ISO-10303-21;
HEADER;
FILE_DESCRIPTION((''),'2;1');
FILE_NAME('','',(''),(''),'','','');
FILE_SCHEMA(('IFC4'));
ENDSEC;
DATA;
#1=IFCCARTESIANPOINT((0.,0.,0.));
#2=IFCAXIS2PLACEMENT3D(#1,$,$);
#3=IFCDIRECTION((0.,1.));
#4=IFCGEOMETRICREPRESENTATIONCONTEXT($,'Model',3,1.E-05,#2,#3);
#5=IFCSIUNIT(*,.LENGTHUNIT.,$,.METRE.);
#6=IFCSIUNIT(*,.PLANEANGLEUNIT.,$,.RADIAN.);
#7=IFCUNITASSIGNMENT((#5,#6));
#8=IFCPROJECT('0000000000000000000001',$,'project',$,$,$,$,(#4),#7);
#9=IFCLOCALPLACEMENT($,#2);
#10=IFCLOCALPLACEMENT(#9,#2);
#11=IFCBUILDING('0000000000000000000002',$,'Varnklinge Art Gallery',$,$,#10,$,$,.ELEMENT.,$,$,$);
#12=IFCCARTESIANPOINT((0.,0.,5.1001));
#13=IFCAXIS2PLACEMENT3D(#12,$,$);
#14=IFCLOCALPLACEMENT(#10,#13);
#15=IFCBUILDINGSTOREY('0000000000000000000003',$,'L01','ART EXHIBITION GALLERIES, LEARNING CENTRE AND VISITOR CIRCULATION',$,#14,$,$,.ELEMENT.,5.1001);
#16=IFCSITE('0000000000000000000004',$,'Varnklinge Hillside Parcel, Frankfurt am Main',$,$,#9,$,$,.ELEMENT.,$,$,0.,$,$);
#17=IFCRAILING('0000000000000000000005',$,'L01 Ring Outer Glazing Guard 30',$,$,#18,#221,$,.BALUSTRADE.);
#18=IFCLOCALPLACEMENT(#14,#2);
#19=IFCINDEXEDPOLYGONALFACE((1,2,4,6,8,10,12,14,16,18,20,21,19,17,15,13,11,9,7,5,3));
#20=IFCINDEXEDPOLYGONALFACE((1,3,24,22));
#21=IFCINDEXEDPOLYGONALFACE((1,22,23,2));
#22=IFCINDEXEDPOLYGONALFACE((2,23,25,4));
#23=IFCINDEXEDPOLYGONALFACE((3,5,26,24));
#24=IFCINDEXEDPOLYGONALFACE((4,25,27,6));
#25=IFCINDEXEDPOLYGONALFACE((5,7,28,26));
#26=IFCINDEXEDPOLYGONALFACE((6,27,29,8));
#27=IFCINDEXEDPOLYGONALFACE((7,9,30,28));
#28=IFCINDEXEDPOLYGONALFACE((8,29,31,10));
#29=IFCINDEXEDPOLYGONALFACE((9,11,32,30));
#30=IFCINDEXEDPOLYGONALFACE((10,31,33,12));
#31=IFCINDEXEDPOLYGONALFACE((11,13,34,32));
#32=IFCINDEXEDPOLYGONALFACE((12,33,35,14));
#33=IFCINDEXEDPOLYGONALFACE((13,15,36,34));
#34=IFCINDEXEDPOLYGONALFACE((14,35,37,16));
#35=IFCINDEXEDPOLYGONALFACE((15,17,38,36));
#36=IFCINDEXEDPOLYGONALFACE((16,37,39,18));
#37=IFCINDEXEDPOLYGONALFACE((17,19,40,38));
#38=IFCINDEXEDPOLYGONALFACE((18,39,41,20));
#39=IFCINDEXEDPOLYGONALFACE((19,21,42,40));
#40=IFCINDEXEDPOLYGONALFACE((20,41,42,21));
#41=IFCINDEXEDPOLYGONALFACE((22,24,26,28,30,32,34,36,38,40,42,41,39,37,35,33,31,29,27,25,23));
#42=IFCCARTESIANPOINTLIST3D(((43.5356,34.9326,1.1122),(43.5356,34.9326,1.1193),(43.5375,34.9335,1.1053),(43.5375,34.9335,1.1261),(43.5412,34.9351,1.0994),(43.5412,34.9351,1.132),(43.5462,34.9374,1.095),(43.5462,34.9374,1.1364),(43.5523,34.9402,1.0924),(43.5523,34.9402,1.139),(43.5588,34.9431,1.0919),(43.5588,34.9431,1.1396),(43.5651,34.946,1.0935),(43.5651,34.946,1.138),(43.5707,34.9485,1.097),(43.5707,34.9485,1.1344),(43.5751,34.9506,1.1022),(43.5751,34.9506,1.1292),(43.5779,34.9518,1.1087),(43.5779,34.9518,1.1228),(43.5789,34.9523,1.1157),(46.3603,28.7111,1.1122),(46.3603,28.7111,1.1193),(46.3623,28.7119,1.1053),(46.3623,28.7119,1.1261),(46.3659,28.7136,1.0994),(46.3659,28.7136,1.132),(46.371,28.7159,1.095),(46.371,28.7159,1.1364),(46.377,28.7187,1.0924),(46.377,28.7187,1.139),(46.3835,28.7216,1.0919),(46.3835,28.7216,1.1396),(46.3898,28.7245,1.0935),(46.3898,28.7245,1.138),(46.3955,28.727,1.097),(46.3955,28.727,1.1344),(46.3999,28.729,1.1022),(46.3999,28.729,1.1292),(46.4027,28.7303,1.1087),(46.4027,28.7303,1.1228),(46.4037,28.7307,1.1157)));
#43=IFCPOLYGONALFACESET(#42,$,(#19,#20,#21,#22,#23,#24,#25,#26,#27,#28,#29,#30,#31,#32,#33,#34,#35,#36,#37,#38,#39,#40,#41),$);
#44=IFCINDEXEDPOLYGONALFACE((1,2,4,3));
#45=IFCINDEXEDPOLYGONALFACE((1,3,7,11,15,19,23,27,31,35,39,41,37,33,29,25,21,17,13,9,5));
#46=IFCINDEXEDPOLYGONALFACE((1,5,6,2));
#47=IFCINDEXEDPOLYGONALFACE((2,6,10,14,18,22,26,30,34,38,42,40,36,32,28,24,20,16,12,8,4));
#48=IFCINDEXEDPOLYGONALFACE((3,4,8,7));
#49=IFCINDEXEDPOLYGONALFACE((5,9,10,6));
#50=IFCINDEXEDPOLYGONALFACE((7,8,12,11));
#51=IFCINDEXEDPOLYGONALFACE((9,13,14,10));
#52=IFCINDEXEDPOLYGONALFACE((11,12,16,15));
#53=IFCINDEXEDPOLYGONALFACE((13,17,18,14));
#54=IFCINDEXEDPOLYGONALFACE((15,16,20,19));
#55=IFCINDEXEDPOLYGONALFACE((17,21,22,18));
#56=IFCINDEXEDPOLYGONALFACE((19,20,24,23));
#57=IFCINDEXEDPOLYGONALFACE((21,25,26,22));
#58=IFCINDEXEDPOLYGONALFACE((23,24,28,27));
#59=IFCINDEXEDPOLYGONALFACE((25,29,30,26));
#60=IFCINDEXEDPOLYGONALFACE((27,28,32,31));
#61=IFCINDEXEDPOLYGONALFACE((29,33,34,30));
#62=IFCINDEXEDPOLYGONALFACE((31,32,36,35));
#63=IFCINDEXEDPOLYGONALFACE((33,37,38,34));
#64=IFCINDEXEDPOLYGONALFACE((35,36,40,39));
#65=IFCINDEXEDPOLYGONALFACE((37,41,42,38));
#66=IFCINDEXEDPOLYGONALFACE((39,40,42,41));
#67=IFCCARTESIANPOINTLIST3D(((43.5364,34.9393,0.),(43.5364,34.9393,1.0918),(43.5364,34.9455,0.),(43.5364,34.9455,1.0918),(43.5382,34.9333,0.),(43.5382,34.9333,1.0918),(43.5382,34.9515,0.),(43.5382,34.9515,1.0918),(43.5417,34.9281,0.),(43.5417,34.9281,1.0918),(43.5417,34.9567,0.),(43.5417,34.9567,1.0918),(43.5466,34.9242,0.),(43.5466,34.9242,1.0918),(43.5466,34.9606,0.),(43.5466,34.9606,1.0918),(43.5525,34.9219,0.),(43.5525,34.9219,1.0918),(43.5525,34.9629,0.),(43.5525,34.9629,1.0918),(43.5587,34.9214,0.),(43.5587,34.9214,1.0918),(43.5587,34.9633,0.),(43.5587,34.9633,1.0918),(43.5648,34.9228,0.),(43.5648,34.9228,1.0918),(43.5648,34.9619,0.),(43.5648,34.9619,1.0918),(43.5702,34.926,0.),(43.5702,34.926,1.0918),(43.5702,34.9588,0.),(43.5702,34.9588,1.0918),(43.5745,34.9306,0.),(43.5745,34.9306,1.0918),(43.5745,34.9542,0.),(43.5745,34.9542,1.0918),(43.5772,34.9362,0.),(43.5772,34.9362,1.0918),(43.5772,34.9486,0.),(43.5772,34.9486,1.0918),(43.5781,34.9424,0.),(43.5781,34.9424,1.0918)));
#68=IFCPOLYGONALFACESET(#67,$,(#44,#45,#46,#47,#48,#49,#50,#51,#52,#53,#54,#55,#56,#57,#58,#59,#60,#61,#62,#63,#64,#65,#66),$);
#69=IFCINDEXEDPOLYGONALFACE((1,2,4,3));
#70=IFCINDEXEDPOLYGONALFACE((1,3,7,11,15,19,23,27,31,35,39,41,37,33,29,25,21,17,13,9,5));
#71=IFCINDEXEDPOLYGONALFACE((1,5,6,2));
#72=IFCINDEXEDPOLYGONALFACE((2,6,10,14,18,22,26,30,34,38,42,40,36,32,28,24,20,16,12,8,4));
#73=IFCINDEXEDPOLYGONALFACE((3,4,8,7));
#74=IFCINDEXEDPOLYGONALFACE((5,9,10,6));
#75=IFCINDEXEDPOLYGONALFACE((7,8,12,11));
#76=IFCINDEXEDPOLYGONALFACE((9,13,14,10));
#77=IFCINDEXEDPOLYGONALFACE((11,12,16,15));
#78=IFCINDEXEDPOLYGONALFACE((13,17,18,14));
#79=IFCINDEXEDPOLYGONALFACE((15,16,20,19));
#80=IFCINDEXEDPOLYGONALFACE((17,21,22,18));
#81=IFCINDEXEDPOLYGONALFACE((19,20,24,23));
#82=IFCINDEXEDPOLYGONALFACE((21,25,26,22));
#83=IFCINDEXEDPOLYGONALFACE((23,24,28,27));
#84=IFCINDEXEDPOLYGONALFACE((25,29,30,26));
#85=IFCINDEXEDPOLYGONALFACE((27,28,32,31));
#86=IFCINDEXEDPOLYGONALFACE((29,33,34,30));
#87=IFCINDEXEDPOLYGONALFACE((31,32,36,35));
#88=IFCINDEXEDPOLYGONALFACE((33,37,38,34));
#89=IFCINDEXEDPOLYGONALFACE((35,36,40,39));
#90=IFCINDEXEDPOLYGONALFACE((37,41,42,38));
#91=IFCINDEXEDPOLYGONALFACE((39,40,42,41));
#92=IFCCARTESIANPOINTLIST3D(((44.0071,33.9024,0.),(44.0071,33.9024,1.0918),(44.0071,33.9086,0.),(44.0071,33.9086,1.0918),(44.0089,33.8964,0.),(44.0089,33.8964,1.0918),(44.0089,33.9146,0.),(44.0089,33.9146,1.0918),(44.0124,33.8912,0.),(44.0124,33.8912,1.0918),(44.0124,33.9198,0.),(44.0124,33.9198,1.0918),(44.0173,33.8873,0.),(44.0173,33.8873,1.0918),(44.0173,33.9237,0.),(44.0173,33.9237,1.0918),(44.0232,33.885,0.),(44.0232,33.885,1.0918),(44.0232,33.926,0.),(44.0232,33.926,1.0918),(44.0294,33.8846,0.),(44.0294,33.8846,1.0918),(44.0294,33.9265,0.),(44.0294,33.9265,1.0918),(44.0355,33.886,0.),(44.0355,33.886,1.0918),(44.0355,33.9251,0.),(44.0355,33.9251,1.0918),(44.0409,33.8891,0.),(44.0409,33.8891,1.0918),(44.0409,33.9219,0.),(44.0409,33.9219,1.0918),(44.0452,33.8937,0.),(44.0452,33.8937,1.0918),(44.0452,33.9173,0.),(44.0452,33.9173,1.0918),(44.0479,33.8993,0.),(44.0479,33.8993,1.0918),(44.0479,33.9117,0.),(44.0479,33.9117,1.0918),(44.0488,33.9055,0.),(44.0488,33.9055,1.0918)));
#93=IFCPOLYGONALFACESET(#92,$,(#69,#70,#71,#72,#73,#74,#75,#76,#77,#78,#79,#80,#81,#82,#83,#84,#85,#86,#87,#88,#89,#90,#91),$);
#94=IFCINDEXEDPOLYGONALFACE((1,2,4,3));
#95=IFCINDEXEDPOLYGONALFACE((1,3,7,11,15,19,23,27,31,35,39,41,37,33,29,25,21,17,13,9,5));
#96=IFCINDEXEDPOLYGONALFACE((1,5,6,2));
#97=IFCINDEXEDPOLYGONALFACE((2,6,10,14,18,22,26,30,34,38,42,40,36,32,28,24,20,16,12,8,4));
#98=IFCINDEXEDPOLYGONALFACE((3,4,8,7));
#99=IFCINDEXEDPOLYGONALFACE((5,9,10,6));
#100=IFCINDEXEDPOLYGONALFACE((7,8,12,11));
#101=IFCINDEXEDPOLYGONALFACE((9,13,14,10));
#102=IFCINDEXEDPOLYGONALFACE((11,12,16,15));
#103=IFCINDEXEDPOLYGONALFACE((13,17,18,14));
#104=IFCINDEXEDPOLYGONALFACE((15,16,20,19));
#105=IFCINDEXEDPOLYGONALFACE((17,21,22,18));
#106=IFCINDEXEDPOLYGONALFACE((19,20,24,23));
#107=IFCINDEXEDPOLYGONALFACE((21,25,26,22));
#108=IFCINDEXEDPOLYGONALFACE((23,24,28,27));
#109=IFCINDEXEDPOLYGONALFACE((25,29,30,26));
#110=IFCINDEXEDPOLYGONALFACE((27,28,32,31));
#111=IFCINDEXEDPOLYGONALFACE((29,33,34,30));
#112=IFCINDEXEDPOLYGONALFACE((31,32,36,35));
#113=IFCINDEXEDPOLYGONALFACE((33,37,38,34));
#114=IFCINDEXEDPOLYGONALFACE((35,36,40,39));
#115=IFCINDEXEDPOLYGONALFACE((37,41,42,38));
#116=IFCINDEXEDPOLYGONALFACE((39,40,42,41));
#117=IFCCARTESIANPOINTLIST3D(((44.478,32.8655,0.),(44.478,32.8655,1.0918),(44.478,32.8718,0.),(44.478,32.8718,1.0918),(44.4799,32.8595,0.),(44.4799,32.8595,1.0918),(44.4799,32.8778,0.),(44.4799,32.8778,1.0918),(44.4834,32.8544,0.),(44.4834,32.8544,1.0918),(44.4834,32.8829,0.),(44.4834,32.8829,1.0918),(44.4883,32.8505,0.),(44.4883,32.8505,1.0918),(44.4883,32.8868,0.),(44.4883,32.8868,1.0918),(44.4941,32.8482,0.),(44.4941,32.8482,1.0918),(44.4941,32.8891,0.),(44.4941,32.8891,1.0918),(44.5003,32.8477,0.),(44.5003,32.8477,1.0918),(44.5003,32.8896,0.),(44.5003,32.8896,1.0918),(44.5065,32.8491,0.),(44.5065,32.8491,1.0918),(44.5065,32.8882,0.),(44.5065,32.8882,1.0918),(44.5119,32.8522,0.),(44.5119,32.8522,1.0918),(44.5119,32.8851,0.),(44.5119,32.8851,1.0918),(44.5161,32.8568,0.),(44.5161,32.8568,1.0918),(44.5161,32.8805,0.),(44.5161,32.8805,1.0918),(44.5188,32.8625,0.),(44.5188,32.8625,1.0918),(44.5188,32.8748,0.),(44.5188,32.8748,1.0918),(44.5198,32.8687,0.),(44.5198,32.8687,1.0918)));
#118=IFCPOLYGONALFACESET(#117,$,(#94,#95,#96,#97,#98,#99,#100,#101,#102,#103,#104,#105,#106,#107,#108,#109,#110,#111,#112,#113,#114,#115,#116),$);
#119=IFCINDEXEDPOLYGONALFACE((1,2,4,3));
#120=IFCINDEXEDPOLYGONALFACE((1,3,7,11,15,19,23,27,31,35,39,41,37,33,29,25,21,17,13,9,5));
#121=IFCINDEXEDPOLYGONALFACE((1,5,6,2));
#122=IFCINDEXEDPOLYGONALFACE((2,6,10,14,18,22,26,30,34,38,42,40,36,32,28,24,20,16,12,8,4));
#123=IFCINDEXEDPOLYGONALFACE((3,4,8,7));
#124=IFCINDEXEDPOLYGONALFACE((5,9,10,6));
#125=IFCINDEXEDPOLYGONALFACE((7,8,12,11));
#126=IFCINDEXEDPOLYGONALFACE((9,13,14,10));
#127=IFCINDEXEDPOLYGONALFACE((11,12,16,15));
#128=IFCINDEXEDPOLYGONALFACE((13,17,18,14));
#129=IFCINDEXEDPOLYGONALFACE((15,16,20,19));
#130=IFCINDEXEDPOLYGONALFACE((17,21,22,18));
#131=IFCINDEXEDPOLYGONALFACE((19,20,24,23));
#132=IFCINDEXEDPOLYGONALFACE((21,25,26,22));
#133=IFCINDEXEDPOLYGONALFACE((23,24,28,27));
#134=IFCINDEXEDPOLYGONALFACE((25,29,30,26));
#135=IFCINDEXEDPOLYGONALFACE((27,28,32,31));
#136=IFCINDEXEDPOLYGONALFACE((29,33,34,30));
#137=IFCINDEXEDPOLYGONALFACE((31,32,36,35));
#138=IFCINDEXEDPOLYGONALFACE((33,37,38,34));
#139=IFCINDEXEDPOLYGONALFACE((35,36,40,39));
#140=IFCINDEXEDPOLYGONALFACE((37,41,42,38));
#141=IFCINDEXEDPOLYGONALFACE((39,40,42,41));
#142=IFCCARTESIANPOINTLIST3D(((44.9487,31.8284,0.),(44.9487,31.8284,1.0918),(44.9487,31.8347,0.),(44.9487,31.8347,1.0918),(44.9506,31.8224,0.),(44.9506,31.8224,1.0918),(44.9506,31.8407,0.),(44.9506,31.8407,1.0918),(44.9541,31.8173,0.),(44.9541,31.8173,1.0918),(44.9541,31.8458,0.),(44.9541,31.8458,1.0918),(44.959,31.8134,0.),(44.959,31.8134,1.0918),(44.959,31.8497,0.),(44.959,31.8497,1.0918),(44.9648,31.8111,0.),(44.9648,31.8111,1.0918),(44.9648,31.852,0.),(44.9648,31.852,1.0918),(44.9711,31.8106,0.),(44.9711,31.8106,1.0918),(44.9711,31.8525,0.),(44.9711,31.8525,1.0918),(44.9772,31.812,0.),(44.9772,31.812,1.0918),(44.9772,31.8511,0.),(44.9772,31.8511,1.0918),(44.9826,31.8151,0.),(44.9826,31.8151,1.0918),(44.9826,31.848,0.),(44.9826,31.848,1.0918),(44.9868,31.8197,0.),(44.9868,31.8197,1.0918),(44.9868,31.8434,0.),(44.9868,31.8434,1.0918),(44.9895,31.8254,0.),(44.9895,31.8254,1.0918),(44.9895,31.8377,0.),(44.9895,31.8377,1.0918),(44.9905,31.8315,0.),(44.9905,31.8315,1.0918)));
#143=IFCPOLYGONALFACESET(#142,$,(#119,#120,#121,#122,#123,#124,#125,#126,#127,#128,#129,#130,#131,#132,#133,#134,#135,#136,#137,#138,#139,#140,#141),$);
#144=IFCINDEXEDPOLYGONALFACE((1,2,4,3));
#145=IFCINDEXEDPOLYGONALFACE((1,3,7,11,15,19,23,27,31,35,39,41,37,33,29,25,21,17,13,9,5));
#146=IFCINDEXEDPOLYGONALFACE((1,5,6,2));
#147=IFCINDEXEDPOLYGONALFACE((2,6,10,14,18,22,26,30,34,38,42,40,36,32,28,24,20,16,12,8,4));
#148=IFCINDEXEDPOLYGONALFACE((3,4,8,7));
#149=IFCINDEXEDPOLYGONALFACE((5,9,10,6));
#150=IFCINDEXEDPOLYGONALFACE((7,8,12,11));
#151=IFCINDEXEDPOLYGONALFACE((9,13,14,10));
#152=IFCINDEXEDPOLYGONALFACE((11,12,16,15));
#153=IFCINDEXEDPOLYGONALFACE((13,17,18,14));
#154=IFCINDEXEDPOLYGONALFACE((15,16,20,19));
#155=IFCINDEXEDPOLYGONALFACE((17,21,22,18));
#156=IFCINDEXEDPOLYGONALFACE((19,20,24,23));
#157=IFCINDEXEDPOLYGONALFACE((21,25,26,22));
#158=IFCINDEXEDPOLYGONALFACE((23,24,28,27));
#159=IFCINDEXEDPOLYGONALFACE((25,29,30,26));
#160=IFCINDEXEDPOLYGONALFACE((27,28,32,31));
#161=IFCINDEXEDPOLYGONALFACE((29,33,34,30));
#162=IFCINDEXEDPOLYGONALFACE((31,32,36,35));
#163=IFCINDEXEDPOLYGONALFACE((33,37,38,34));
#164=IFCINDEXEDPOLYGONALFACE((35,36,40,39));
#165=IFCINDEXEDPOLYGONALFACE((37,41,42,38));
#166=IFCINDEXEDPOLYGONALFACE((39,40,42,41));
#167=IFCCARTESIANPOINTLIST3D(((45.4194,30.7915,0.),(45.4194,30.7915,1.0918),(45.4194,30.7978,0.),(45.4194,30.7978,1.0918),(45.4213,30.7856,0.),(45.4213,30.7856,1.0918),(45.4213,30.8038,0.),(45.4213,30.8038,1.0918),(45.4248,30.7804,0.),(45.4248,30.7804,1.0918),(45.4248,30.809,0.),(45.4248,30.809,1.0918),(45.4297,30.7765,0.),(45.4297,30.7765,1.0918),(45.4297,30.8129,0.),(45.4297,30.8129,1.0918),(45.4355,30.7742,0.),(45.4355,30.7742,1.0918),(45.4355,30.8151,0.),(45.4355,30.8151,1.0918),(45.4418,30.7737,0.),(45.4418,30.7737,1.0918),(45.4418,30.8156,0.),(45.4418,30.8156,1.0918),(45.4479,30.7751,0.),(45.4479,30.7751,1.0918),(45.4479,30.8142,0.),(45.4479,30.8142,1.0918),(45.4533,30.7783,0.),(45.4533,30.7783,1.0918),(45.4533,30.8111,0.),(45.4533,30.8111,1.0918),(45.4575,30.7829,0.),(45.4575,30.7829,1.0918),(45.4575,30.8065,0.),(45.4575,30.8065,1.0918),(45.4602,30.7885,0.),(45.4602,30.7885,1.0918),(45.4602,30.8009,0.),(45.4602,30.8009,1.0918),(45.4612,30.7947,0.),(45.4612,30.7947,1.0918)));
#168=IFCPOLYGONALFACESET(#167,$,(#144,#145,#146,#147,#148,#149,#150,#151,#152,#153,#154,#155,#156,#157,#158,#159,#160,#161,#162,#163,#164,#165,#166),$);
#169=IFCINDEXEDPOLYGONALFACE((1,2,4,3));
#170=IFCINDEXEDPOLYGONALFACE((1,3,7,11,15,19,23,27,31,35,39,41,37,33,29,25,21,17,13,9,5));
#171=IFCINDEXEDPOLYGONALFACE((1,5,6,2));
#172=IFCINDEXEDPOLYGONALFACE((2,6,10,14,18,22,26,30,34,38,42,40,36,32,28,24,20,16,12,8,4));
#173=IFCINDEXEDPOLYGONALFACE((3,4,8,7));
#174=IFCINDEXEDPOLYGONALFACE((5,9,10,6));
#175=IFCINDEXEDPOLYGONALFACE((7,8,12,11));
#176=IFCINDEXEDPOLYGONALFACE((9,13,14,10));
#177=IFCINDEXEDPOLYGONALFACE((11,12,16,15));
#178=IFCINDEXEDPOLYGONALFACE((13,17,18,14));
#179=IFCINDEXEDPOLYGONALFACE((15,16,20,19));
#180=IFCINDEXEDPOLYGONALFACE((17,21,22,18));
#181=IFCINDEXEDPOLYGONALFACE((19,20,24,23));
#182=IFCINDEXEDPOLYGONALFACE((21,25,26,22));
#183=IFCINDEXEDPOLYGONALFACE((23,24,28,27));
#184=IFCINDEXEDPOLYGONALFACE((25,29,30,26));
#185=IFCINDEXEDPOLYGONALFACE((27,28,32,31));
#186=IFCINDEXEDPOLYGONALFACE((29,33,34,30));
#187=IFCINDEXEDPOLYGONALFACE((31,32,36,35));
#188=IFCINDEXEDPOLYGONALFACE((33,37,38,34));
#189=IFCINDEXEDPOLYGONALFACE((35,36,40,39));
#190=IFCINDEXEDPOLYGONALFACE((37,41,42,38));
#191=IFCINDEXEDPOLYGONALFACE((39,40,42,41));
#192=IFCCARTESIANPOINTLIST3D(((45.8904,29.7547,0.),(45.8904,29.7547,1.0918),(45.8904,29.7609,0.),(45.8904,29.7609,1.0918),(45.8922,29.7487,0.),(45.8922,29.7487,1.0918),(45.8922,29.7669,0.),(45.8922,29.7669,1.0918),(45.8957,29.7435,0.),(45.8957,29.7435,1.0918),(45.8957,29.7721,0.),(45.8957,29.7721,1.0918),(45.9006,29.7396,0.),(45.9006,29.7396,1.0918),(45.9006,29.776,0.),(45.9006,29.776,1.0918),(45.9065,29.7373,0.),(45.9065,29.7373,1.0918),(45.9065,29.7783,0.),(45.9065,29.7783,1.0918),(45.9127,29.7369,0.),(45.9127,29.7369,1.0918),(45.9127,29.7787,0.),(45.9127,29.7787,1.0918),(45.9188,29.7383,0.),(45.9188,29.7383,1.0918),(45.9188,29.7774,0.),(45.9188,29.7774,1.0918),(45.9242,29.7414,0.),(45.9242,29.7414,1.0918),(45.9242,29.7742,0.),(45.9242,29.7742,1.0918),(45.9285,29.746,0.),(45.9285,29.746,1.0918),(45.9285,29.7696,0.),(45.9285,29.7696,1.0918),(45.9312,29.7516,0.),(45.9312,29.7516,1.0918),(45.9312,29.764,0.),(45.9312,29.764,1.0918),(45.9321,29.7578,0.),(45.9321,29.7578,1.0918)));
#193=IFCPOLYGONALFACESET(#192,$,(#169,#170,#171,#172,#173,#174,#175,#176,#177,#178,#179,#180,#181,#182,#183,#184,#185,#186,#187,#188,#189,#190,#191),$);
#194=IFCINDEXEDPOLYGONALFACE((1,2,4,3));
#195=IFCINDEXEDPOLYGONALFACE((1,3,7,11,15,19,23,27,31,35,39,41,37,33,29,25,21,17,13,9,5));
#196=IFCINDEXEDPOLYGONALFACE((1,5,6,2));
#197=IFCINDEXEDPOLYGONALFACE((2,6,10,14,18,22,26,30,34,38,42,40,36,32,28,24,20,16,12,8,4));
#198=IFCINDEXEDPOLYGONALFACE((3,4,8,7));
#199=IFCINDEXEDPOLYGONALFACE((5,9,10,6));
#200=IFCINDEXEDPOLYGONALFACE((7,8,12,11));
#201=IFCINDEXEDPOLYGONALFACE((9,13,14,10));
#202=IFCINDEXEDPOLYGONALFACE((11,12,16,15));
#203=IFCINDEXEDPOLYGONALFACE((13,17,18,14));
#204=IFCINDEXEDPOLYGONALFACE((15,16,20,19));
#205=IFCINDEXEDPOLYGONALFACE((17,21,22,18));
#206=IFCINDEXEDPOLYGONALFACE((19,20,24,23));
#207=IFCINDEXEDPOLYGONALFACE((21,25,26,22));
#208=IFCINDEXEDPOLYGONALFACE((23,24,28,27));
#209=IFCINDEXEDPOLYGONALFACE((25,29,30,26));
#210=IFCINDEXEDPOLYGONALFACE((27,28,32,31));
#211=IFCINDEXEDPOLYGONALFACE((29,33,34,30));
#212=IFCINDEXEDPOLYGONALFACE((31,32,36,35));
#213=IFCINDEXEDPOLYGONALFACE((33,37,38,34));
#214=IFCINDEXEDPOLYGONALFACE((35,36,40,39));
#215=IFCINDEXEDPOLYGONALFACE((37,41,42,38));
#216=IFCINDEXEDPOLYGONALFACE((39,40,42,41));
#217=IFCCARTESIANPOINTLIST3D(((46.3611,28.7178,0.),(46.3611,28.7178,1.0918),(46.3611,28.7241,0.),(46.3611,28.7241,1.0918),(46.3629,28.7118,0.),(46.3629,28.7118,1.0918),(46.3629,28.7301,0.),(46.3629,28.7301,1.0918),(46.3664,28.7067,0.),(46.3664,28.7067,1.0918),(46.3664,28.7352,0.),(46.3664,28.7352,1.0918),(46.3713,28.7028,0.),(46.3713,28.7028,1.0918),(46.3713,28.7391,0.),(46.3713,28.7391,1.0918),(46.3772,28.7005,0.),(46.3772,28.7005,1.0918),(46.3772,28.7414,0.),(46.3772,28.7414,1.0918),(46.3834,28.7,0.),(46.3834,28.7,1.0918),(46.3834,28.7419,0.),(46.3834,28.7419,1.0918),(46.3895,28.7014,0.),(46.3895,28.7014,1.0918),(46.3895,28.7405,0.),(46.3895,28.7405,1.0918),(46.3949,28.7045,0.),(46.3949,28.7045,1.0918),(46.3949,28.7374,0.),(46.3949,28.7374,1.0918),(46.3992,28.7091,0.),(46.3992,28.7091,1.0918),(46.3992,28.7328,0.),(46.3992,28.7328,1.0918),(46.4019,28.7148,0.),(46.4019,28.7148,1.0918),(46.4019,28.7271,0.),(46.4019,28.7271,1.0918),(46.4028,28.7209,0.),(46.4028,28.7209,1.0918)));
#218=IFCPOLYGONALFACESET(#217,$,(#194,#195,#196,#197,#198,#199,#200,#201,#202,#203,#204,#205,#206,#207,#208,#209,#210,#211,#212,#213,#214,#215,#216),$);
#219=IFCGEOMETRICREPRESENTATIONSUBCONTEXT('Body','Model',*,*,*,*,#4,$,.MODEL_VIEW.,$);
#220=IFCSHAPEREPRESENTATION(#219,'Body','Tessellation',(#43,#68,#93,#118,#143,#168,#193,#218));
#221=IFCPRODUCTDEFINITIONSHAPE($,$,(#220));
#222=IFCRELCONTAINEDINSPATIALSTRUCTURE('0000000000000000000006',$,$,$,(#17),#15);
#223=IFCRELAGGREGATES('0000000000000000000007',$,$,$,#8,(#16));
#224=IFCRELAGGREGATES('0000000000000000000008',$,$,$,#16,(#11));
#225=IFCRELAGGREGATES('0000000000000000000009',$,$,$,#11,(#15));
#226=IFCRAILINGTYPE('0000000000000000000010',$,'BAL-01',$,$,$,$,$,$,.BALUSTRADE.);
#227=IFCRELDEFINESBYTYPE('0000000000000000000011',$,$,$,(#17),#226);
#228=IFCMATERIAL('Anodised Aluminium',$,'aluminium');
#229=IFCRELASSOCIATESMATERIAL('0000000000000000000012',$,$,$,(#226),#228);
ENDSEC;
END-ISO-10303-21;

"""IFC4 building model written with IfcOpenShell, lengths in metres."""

from ifc_helpers import new_model, si_unit, direction, frame, origin, origin_2d, place, context, subcontext, project, spatial, circle, extrude, material, type_object, element, save


model = new_model("IFC4")

# Units and contexts
model_context = context("Model", 3, precision=1e-05, world=origin(), true_north=direction((0.0, 1.0)))
body_context = subcontext(model_context, "Body", "Model", "MODEL_VIEW")
ifc_project = project(units=[si_unit("LENGTHUNIT", "METRE"), si_unit("PLANEANGLEUNIT", "RADIAN")], contexts=[model_context])

# Site, building, storey
site_placement = place(None, origin())
site = spatial("IfcSite", under=ifc_project, at=site_placement, Name="Varnklinge Hillside Parcel, Frankfurt am Main", CompositionType="ELEMENT", RefElevation=0.0)
building_placement = place(site_placement, origin())
building = spatial("IfcBuilding", under=site, at=building_placement, Name="Varnklinge Art Gallery", CompositionType="ELEMENT")
storey_placement = place(building_placement, frame((0.0, 0.0, 5.1001)))
storey = spatial("IfcBuildingStorey", under=building, at=storey_placement, Name="L01", Description="ART EXHIBITION GALLERIES, LEARNING CENTRE AND VISITOR CIRCULATION", CompositionType="ELEMENT", Elevation=5.1001)

# Railing
ifc_material_1 = material(Name="Anodised Aluminium", Category="aluminium")
railing_type = type_object("IfcRailingType", Name="BAL-01", PredefinedType="BALUSTRADE", material=ifc_material_1)
railing_placement = place(storey_placement, frame((43.5571, 34.9424, 0.0)))
element("IfcRailing", 1, at=railing_placement, inside=storey, type_object=railing_type, Name="L01 Ring Outer Glazing Guard 30", PredefinedType="BALUSTRADE", context=body_context, shape_type="SweptSolid", body=[
    extrude(circle(Radius=0.0239, at=origin_2d()), frame((0.0, 0.0, 1.1157), z_axis=(0.413413, -0.910544, 0.0), x_axis=(0.910544, 0.413413, 0.0)), (0.0, 0.0, 1.0), 6.8328),
    extrude(circle(Radius=0.021, at=origin_2d()), origin(), (0.0, 0.0, 1.0), 1.0918),
    extrude(circle(Radius=0.021, at=origin_2d()), frame((0.4707, -1.0369, 0.0)), (0.0, 0.0, 1.0), 1.0918),
    extrude(circle(Radius=0.021, at=origin_2d()), frame((0.9417, -2.0737, 0.0)), (0.0, 0.0, 1.0), 1.0918),
    extrude(circle(Radius=0.021, at=origin_2d()), frame((1.4124, -3.1108, 0.0)), (0.0, 0.0, 1.0), 1.0918),
    extrude(circle(Radius=0.021, at=origin_2d()), frame((1.8831, -4.1477, 0.0)), (0.0, 0.0, 1.0), 1.0918),
    extrude(circle(Radius=0.021, at=origin_2d()), frame((2.354, -5.1846, 0.0)), (0.0, 0.0, 1.0), 1.0918),
    extrude(circle(Radius=0.021, at=origin_2d()), frame((2.8247, -6.2214, 0.0)), (0.0, 0.0, 1.0), 1.0918),
])

save(model, "model.ifc")
